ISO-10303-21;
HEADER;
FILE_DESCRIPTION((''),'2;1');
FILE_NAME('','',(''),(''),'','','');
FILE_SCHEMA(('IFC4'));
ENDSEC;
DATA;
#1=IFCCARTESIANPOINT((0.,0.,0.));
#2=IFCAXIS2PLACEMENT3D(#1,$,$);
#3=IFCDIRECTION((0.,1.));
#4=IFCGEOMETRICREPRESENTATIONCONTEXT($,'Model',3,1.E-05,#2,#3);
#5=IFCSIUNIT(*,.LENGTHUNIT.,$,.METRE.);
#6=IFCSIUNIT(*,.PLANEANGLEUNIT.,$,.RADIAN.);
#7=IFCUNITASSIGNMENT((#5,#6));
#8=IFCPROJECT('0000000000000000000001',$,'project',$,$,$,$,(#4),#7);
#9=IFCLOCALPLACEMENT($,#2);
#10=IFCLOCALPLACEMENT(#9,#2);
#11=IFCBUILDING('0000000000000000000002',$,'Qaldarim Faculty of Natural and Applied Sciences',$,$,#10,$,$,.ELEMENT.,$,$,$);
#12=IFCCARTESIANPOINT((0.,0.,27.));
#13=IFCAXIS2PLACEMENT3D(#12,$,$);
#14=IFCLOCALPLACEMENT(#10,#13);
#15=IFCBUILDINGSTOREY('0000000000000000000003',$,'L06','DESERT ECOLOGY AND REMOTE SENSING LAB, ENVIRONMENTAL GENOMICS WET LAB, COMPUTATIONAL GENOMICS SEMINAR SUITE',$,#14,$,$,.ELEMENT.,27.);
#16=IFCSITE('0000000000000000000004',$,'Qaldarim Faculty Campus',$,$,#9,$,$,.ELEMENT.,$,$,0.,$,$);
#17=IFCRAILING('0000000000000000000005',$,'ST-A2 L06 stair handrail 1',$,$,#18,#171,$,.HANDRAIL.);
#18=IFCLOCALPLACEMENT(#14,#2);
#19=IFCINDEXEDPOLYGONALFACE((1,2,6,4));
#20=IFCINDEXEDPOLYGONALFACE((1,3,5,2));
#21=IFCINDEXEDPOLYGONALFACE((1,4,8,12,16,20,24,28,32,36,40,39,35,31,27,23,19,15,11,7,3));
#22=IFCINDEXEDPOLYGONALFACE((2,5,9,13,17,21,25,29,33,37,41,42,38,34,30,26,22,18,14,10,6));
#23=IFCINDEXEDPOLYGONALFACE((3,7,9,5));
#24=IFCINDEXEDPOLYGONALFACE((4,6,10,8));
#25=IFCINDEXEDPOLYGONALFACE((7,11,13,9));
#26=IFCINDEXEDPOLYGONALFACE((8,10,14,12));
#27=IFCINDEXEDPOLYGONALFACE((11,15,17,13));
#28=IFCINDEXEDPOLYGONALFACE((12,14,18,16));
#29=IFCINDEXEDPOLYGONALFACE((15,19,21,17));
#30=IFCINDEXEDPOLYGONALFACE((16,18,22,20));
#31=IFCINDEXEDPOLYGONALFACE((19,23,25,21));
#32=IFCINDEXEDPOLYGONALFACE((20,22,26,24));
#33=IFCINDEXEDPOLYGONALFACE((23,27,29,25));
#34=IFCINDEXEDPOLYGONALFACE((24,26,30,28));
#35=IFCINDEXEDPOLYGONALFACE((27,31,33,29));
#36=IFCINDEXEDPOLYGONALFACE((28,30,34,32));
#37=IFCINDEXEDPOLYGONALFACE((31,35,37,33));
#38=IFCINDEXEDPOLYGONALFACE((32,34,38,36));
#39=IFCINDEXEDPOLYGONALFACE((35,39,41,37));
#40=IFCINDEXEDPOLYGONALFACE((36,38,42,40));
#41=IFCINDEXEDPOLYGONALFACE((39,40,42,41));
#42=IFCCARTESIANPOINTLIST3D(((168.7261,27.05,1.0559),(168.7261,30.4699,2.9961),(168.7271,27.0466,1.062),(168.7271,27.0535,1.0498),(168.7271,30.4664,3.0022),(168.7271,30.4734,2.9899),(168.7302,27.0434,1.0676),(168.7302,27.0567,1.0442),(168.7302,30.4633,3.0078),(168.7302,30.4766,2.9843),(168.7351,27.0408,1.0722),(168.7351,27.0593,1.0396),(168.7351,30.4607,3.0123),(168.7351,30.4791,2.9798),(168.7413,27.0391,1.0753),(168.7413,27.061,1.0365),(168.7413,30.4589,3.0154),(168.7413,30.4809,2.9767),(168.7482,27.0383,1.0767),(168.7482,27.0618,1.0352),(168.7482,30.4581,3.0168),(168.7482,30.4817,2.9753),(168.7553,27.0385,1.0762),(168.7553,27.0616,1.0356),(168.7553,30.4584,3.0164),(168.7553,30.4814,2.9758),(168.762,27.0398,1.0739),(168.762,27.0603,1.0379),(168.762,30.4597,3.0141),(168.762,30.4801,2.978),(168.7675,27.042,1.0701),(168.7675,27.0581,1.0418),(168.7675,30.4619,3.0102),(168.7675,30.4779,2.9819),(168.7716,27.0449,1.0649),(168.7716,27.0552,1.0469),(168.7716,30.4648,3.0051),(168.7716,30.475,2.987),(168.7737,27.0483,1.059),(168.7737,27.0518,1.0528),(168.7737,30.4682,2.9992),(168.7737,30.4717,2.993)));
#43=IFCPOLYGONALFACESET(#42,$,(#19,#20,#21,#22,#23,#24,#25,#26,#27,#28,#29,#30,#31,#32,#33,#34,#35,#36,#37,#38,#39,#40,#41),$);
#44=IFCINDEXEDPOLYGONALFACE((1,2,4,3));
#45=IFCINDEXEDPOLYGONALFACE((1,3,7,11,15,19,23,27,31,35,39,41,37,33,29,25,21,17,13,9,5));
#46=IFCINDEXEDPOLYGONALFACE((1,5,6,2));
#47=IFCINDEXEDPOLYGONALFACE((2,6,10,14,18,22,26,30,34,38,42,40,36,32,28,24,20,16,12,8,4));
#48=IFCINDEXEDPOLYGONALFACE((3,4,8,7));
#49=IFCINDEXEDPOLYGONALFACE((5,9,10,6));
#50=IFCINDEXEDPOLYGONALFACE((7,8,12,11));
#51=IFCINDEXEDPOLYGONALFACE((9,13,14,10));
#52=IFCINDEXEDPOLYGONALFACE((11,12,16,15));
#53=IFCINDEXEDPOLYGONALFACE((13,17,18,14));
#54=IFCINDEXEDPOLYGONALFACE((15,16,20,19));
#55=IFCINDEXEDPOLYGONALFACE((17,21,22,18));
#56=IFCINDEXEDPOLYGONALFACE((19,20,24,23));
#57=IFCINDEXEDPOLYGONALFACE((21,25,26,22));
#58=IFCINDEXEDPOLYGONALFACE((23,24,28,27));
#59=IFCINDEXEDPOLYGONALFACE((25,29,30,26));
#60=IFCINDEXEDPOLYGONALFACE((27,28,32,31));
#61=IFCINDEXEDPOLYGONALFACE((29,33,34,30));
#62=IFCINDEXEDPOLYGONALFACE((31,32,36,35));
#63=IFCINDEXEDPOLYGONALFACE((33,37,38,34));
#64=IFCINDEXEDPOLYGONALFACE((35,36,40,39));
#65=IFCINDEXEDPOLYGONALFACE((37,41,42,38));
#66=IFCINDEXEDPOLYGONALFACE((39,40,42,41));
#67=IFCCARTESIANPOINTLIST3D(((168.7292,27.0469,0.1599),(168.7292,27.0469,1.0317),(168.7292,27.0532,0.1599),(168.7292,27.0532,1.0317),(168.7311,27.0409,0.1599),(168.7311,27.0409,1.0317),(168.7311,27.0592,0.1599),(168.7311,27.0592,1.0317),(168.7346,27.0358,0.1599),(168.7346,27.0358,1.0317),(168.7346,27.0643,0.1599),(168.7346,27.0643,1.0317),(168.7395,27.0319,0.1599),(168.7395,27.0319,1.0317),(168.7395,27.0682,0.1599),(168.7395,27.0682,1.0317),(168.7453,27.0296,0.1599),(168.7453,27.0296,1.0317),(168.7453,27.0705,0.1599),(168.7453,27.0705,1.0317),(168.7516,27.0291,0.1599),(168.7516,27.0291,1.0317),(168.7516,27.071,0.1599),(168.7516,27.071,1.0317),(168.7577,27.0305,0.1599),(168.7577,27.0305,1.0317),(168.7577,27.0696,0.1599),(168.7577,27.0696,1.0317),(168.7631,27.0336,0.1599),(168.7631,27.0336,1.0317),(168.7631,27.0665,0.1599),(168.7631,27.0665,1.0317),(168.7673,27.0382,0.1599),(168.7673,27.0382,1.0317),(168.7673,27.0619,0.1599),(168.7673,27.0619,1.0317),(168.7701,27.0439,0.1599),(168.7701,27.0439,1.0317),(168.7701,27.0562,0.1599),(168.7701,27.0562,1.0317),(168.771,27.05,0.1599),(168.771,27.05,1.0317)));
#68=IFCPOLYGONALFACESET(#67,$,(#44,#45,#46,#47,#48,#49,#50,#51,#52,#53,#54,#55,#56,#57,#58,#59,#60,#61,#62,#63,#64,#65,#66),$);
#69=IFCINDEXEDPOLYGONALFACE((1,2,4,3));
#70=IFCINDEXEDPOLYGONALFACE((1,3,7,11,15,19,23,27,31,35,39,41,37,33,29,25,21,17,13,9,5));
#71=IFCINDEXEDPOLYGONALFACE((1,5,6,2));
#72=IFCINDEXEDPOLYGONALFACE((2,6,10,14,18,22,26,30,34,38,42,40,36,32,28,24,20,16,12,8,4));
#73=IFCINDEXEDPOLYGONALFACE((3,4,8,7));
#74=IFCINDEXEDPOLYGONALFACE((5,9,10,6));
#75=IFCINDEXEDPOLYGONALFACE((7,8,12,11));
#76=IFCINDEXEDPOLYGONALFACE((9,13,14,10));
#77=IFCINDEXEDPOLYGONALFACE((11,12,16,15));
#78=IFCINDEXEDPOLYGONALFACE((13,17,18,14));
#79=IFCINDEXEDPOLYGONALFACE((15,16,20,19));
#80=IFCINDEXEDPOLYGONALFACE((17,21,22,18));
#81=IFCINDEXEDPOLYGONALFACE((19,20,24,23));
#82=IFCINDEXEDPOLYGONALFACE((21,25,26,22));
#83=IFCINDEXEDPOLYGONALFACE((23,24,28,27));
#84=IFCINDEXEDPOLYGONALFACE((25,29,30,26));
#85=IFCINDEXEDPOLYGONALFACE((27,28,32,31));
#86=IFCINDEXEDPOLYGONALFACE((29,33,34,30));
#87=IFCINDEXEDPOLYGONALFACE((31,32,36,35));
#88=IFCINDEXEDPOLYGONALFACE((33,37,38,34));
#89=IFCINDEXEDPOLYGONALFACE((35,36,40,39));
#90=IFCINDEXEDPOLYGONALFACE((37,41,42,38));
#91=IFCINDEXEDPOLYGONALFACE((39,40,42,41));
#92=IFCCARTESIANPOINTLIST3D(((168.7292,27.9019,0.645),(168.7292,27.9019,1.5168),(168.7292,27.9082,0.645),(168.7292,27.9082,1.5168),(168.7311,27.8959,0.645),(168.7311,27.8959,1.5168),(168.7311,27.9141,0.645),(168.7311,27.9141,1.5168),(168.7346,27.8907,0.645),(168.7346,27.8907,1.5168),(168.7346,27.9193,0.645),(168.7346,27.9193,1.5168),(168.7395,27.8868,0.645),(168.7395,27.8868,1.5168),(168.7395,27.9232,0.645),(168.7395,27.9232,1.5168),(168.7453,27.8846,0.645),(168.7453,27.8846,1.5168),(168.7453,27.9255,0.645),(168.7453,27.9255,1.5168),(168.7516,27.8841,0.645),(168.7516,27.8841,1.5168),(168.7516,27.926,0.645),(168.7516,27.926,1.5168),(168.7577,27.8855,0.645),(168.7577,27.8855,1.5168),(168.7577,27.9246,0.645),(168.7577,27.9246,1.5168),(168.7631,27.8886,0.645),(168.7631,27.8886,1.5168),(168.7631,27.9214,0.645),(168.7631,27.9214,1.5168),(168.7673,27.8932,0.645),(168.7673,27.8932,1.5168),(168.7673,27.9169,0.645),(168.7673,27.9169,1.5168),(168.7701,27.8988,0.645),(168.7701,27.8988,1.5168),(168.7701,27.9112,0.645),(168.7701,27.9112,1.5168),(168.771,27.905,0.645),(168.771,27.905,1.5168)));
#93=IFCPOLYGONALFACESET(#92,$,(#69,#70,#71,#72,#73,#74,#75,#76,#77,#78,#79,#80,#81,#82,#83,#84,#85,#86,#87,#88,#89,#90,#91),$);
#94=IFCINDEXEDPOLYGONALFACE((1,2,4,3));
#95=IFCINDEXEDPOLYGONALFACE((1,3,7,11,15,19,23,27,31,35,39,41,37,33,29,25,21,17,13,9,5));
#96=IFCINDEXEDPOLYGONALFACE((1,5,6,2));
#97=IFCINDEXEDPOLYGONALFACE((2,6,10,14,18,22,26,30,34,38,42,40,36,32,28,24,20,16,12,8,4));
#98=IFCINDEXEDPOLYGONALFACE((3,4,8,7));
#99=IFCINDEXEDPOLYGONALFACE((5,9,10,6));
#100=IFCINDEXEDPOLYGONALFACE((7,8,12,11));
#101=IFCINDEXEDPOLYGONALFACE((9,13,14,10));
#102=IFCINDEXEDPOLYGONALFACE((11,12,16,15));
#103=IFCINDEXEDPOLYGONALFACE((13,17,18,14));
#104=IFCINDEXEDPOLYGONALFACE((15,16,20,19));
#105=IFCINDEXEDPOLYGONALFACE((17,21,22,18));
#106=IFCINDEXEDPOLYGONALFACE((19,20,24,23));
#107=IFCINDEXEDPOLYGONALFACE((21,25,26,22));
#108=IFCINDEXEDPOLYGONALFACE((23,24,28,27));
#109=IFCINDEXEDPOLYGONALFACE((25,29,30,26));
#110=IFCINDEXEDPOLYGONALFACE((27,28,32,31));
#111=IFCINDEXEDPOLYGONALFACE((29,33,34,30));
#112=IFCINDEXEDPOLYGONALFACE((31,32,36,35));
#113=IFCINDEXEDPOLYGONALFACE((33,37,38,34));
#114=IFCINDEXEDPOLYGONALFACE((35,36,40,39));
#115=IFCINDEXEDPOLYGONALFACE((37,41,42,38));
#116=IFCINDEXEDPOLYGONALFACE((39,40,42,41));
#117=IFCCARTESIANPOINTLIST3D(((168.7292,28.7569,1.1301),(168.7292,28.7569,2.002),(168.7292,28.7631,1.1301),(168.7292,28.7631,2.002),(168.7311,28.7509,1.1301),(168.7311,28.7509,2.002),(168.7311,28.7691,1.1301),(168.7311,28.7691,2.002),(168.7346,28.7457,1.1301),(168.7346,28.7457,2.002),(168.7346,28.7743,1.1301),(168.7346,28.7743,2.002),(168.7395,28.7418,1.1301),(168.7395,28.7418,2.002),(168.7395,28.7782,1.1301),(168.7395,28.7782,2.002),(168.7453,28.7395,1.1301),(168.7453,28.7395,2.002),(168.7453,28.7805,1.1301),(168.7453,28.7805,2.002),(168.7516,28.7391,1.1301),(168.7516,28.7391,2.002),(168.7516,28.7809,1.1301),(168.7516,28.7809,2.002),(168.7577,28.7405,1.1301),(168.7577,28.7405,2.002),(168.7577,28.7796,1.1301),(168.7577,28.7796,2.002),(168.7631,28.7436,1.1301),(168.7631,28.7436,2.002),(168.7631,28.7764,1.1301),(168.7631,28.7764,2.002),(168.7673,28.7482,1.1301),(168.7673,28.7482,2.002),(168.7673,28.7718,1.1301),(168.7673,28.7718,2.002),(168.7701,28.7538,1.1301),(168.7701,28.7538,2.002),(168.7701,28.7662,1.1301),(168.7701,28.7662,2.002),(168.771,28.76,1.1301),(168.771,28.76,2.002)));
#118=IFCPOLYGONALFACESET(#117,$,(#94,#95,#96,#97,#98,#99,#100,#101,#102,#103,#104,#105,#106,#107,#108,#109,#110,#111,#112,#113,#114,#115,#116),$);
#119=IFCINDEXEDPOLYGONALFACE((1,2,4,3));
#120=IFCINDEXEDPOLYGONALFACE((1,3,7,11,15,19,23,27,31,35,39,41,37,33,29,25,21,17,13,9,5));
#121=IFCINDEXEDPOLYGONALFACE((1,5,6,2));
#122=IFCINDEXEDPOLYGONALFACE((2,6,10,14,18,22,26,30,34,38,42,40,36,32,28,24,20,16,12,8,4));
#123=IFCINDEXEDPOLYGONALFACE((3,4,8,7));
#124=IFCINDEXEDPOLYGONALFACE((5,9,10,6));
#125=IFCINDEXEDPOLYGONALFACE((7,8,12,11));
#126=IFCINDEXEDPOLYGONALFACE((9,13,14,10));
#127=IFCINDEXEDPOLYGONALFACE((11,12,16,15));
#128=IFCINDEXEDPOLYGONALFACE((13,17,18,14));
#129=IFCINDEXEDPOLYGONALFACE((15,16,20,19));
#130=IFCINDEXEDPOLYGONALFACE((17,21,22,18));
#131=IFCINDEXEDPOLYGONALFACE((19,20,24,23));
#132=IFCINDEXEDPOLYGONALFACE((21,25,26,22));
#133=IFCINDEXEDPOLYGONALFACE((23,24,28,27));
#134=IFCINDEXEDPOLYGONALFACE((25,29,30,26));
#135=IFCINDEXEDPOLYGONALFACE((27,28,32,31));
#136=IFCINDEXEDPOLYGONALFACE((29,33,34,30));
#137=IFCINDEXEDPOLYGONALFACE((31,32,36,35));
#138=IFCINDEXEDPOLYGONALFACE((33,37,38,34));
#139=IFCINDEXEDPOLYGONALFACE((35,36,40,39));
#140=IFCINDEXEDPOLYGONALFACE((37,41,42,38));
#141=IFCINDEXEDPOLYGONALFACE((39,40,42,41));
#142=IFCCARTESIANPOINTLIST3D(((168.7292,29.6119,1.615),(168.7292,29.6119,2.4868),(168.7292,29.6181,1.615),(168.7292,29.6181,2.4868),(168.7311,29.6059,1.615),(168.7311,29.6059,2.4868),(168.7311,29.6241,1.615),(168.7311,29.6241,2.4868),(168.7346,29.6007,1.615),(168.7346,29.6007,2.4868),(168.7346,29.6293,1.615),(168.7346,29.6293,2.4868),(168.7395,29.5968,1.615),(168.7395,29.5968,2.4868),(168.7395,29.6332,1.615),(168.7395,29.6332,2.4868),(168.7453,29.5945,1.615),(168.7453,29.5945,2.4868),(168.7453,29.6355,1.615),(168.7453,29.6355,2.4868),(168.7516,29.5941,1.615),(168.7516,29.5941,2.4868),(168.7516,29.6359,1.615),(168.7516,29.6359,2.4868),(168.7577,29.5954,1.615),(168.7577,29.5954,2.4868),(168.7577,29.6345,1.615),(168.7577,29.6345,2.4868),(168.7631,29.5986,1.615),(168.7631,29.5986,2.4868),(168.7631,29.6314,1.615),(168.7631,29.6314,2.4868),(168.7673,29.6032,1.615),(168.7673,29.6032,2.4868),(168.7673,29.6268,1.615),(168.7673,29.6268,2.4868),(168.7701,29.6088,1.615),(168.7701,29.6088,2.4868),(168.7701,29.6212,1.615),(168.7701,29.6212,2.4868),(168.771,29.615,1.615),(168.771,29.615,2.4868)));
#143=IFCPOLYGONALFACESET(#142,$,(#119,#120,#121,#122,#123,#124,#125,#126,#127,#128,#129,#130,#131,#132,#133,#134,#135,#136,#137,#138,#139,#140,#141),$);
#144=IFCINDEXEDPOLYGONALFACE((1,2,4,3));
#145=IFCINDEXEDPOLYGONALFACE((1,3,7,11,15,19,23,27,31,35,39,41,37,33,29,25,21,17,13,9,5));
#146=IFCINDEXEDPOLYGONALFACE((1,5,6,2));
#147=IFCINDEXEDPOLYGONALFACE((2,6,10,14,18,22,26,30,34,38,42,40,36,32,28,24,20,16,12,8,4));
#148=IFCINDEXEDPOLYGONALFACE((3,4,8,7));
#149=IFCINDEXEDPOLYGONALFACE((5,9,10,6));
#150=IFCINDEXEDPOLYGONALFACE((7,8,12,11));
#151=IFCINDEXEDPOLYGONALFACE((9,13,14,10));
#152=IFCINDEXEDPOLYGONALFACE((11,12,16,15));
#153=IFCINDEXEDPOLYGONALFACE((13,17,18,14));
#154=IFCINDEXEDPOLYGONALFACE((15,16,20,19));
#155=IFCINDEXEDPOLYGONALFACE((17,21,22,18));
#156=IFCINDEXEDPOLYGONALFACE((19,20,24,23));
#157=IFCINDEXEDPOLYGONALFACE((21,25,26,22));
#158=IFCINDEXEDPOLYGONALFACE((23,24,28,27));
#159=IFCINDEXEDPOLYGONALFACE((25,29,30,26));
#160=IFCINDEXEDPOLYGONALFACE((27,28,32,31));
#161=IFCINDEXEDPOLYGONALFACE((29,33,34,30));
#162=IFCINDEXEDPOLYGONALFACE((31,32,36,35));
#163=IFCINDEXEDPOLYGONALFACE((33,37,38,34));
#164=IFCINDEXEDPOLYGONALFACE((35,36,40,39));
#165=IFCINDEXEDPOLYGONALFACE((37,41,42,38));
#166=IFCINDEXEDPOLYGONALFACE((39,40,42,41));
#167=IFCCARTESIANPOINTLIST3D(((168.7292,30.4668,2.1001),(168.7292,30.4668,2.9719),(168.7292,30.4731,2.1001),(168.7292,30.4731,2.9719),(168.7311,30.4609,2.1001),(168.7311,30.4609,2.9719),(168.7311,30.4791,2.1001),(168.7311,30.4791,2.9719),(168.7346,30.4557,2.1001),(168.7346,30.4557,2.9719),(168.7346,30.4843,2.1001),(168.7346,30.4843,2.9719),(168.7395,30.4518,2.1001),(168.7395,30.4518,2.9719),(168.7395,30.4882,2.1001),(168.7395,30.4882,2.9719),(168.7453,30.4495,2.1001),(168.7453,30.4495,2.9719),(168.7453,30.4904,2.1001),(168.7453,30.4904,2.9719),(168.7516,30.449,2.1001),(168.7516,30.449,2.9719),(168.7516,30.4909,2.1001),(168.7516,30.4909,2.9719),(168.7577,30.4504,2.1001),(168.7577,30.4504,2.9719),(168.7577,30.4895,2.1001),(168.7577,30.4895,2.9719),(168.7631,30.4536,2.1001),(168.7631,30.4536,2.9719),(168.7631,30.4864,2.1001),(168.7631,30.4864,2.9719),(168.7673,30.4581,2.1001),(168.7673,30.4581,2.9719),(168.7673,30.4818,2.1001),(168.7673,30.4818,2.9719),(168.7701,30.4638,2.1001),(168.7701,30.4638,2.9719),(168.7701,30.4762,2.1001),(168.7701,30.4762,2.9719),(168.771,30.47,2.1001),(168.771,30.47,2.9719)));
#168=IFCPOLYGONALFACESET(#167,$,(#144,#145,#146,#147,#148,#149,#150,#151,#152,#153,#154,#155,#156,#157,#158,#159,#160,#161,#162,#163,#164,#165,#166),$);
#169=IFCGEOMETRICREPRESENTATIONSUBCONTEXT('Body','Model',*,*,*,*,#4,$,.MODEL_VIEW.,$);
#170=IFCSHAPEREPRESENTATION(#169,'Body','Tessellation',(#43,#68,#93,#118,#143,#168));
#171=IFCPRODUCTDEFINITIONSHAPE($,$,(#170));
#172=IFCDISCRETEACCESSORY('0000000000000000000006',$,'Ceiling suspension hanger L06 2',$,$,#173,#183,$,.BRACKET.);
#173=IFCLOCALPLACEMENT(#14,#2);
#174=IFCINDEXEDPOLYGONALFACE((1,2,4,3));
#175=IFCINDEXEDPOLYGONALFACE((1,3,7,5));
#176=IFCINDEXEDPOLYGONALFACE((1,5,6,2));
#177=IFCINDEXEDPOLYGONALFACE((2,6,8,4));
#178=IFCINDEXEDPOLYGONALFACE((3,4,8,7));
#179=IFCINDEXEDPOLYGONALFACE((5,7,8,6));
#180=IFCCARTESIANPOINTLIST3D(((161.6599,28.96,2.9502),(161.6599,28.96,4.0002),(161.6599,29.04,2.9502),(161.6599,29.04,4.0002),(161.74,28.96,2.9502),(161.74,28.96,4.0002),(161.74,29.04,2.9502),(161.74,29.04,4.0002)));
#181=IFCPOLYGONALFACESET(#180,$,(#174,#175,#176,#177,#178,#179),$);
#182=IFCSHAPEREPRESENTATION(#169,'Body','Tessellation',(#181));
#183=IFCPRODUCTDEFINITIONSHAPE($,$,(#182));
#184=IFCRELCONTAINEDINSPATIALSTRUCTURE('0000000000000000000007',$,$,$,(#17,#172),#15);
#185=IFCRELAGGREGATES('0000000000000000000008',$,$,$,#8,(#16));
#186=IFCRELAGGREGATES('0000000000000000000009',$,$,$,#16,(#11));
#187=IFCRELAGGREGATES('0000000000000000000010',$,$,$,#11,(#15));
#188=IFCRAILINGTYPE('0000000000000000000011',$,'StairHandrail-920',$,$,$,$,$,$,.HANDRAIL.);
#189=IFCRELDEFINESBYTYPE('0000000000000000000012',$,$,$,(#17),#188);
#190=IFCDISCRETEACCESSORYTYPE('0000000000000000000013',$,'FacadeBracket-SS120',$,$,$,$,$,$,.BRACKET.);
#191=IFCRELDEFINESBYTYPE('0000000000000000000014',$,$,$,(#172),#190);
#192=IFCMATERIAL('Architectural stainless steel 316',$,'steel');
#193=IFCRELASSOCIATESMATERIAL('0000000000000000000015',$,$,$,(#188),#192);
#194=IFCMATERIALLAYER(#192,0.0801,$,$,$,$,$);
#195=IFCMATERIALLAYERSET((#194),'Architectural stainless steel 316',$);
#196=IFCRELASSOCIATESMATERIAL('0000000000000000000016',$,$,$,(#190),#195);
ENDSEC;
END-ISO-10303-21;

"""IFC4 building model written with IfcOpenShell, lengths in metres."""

from ifc_helpers import new_model, si_unit, direction, frame, origin, origin_2d, place, context, subcontext, project, spatial, rectangle, circle, extrude, material, layer, layer_set, type_object, element, save


model = new_model("IFC4")

# Units and contexts
model_context = context("Model", 3, precision=1e-05, world=origin(), true_north=direction((0.0, 1.0)))
body_context = subcontext(model_context, "Body", "Model", "MODEL_VIEW")
ifc_project = project(units=[si_unit("LENGTHUNIT", "METRE"), si_unit("PLANEANGLEUNIT", "RADIAN")], contexts=[model_context])

# Site, building, storey
site_placement = place(None, origin())
site = spatial("IfcSite", under=ifc_project, at=site_placement, Name="Qaldarim Faculty Campus", CompositionType="ELEMENT", RefElevation=0.0)
building_placement = place(site_placement, origin())
building = spatial("IfcBuilding", under=site, at=building_placement, Name="Qaldarim Faculty of Natural and Applied Sciences", CompositionType="ELEMENT")
storey_placement = place(building_placement, frame((0.0, 0.0, 27.0)))
storey = spatial("IfcBuildingStorey", under=building, at=storey_placement, Name="L06", Description="DESERT ECOLOGY AND REMOTE SENSING LAB, ENVIRONMENTAL GENOMICS WET LAB, COMPUTATIONAL GENOMICS SEMINAR SUITE", CompositionType="ELEMENT", Elevation=27.0)

# Shared definitions
ifc_material_1 = material(Name="Architectural stainless steel 316", Category="steel")

# Railing
railing_type_1 = type_object("IfcRailingType", Name="StairHandrail-920", PredefinedType="HANDRAIL", material=ifc_material_1)
railing_1_placement = place(storey_placement, frame((168.75, 27.05, 0.1599)))
element("IfcRailing", 1, at=railing_1_placement, inside=storey, type_object=railing_type_1, Name="ST-A2 L06 stair handrail 1", PredefinedType="HANDRAIL", context=body_context, shape_type="SweptSolid", body=[
    extrude(circle(Radius=0.0239, at=origin_2d()), frame((0.0, 0.0, 0.896), z_axis=(0.0, 0.869779, 0.493442), x_axis=(-1.0, 0.0, 0.0)), (0.0, 0.0, 1.0), 3.9319),
    extrude(circle(Radius=0.021, at=origin_2d()), origin(), (0.0, 0.0, 1.0), 0.8718),
    extrude(circle(Radius=0.021, at=origin_2d()), frame((0.0, 0.855, 0.4851)), (0.0, 0.0, 1.0), 0.8718),
    extrude(circle(Radius=0.021, at=origin_2d()), frame((0.0, 1.71, 0.9702)), (0.0, 0.0, 1.0), 0.8718),
    extrude(circle(Radius=0.021, at=origin_2d()), frame((0.0, 2.5649, 1.4551)), (0.0, 0.0, 1.0), 0.8718),
    extrude(circle(Radius=0.021, at=origin_2d()), frame((0.0, 3.4199, 1.9402)), (0.0, 0.0, 1.0), 0.8718),
])

# Discrete accessory
ifc_layer_1 = layer(ifc_material_1, 0.0801)
ifc_layer_set_1 = layer_set([ifc_layer_1], Name="Architectural stainless steel 316")
discrete_accessory_type = type_object("IfcDiscreteAccessoryType", Name="FacadeBracket-SS120", PredefinedType="BRACKET", material=ifc_layer_set_1)
discrete_accessory_placement = place(storey_placement, frame((161.7, 29.0, 2.9502), z_axis=(0.0, 0.0, 1.0), x_axis=(1.0, 0.0, 0.0)))
element("IfcDiscreteAccessory", 2, at=discrete_accessory_placement, inside=storey, type_object=discrete_accessory_type, Name="Ceiling suspension hanger L06 2", PredefinedType="BRACKET", context=body_context, shape_type="SweptSolid", body=[
    extrude(rectangle(XDim=0.0801, YDim=0.0801, at=origin_2d()), origin(), (0.0, 0.0, 1.0), 1.05),
])

save(model, "model.ifc")
